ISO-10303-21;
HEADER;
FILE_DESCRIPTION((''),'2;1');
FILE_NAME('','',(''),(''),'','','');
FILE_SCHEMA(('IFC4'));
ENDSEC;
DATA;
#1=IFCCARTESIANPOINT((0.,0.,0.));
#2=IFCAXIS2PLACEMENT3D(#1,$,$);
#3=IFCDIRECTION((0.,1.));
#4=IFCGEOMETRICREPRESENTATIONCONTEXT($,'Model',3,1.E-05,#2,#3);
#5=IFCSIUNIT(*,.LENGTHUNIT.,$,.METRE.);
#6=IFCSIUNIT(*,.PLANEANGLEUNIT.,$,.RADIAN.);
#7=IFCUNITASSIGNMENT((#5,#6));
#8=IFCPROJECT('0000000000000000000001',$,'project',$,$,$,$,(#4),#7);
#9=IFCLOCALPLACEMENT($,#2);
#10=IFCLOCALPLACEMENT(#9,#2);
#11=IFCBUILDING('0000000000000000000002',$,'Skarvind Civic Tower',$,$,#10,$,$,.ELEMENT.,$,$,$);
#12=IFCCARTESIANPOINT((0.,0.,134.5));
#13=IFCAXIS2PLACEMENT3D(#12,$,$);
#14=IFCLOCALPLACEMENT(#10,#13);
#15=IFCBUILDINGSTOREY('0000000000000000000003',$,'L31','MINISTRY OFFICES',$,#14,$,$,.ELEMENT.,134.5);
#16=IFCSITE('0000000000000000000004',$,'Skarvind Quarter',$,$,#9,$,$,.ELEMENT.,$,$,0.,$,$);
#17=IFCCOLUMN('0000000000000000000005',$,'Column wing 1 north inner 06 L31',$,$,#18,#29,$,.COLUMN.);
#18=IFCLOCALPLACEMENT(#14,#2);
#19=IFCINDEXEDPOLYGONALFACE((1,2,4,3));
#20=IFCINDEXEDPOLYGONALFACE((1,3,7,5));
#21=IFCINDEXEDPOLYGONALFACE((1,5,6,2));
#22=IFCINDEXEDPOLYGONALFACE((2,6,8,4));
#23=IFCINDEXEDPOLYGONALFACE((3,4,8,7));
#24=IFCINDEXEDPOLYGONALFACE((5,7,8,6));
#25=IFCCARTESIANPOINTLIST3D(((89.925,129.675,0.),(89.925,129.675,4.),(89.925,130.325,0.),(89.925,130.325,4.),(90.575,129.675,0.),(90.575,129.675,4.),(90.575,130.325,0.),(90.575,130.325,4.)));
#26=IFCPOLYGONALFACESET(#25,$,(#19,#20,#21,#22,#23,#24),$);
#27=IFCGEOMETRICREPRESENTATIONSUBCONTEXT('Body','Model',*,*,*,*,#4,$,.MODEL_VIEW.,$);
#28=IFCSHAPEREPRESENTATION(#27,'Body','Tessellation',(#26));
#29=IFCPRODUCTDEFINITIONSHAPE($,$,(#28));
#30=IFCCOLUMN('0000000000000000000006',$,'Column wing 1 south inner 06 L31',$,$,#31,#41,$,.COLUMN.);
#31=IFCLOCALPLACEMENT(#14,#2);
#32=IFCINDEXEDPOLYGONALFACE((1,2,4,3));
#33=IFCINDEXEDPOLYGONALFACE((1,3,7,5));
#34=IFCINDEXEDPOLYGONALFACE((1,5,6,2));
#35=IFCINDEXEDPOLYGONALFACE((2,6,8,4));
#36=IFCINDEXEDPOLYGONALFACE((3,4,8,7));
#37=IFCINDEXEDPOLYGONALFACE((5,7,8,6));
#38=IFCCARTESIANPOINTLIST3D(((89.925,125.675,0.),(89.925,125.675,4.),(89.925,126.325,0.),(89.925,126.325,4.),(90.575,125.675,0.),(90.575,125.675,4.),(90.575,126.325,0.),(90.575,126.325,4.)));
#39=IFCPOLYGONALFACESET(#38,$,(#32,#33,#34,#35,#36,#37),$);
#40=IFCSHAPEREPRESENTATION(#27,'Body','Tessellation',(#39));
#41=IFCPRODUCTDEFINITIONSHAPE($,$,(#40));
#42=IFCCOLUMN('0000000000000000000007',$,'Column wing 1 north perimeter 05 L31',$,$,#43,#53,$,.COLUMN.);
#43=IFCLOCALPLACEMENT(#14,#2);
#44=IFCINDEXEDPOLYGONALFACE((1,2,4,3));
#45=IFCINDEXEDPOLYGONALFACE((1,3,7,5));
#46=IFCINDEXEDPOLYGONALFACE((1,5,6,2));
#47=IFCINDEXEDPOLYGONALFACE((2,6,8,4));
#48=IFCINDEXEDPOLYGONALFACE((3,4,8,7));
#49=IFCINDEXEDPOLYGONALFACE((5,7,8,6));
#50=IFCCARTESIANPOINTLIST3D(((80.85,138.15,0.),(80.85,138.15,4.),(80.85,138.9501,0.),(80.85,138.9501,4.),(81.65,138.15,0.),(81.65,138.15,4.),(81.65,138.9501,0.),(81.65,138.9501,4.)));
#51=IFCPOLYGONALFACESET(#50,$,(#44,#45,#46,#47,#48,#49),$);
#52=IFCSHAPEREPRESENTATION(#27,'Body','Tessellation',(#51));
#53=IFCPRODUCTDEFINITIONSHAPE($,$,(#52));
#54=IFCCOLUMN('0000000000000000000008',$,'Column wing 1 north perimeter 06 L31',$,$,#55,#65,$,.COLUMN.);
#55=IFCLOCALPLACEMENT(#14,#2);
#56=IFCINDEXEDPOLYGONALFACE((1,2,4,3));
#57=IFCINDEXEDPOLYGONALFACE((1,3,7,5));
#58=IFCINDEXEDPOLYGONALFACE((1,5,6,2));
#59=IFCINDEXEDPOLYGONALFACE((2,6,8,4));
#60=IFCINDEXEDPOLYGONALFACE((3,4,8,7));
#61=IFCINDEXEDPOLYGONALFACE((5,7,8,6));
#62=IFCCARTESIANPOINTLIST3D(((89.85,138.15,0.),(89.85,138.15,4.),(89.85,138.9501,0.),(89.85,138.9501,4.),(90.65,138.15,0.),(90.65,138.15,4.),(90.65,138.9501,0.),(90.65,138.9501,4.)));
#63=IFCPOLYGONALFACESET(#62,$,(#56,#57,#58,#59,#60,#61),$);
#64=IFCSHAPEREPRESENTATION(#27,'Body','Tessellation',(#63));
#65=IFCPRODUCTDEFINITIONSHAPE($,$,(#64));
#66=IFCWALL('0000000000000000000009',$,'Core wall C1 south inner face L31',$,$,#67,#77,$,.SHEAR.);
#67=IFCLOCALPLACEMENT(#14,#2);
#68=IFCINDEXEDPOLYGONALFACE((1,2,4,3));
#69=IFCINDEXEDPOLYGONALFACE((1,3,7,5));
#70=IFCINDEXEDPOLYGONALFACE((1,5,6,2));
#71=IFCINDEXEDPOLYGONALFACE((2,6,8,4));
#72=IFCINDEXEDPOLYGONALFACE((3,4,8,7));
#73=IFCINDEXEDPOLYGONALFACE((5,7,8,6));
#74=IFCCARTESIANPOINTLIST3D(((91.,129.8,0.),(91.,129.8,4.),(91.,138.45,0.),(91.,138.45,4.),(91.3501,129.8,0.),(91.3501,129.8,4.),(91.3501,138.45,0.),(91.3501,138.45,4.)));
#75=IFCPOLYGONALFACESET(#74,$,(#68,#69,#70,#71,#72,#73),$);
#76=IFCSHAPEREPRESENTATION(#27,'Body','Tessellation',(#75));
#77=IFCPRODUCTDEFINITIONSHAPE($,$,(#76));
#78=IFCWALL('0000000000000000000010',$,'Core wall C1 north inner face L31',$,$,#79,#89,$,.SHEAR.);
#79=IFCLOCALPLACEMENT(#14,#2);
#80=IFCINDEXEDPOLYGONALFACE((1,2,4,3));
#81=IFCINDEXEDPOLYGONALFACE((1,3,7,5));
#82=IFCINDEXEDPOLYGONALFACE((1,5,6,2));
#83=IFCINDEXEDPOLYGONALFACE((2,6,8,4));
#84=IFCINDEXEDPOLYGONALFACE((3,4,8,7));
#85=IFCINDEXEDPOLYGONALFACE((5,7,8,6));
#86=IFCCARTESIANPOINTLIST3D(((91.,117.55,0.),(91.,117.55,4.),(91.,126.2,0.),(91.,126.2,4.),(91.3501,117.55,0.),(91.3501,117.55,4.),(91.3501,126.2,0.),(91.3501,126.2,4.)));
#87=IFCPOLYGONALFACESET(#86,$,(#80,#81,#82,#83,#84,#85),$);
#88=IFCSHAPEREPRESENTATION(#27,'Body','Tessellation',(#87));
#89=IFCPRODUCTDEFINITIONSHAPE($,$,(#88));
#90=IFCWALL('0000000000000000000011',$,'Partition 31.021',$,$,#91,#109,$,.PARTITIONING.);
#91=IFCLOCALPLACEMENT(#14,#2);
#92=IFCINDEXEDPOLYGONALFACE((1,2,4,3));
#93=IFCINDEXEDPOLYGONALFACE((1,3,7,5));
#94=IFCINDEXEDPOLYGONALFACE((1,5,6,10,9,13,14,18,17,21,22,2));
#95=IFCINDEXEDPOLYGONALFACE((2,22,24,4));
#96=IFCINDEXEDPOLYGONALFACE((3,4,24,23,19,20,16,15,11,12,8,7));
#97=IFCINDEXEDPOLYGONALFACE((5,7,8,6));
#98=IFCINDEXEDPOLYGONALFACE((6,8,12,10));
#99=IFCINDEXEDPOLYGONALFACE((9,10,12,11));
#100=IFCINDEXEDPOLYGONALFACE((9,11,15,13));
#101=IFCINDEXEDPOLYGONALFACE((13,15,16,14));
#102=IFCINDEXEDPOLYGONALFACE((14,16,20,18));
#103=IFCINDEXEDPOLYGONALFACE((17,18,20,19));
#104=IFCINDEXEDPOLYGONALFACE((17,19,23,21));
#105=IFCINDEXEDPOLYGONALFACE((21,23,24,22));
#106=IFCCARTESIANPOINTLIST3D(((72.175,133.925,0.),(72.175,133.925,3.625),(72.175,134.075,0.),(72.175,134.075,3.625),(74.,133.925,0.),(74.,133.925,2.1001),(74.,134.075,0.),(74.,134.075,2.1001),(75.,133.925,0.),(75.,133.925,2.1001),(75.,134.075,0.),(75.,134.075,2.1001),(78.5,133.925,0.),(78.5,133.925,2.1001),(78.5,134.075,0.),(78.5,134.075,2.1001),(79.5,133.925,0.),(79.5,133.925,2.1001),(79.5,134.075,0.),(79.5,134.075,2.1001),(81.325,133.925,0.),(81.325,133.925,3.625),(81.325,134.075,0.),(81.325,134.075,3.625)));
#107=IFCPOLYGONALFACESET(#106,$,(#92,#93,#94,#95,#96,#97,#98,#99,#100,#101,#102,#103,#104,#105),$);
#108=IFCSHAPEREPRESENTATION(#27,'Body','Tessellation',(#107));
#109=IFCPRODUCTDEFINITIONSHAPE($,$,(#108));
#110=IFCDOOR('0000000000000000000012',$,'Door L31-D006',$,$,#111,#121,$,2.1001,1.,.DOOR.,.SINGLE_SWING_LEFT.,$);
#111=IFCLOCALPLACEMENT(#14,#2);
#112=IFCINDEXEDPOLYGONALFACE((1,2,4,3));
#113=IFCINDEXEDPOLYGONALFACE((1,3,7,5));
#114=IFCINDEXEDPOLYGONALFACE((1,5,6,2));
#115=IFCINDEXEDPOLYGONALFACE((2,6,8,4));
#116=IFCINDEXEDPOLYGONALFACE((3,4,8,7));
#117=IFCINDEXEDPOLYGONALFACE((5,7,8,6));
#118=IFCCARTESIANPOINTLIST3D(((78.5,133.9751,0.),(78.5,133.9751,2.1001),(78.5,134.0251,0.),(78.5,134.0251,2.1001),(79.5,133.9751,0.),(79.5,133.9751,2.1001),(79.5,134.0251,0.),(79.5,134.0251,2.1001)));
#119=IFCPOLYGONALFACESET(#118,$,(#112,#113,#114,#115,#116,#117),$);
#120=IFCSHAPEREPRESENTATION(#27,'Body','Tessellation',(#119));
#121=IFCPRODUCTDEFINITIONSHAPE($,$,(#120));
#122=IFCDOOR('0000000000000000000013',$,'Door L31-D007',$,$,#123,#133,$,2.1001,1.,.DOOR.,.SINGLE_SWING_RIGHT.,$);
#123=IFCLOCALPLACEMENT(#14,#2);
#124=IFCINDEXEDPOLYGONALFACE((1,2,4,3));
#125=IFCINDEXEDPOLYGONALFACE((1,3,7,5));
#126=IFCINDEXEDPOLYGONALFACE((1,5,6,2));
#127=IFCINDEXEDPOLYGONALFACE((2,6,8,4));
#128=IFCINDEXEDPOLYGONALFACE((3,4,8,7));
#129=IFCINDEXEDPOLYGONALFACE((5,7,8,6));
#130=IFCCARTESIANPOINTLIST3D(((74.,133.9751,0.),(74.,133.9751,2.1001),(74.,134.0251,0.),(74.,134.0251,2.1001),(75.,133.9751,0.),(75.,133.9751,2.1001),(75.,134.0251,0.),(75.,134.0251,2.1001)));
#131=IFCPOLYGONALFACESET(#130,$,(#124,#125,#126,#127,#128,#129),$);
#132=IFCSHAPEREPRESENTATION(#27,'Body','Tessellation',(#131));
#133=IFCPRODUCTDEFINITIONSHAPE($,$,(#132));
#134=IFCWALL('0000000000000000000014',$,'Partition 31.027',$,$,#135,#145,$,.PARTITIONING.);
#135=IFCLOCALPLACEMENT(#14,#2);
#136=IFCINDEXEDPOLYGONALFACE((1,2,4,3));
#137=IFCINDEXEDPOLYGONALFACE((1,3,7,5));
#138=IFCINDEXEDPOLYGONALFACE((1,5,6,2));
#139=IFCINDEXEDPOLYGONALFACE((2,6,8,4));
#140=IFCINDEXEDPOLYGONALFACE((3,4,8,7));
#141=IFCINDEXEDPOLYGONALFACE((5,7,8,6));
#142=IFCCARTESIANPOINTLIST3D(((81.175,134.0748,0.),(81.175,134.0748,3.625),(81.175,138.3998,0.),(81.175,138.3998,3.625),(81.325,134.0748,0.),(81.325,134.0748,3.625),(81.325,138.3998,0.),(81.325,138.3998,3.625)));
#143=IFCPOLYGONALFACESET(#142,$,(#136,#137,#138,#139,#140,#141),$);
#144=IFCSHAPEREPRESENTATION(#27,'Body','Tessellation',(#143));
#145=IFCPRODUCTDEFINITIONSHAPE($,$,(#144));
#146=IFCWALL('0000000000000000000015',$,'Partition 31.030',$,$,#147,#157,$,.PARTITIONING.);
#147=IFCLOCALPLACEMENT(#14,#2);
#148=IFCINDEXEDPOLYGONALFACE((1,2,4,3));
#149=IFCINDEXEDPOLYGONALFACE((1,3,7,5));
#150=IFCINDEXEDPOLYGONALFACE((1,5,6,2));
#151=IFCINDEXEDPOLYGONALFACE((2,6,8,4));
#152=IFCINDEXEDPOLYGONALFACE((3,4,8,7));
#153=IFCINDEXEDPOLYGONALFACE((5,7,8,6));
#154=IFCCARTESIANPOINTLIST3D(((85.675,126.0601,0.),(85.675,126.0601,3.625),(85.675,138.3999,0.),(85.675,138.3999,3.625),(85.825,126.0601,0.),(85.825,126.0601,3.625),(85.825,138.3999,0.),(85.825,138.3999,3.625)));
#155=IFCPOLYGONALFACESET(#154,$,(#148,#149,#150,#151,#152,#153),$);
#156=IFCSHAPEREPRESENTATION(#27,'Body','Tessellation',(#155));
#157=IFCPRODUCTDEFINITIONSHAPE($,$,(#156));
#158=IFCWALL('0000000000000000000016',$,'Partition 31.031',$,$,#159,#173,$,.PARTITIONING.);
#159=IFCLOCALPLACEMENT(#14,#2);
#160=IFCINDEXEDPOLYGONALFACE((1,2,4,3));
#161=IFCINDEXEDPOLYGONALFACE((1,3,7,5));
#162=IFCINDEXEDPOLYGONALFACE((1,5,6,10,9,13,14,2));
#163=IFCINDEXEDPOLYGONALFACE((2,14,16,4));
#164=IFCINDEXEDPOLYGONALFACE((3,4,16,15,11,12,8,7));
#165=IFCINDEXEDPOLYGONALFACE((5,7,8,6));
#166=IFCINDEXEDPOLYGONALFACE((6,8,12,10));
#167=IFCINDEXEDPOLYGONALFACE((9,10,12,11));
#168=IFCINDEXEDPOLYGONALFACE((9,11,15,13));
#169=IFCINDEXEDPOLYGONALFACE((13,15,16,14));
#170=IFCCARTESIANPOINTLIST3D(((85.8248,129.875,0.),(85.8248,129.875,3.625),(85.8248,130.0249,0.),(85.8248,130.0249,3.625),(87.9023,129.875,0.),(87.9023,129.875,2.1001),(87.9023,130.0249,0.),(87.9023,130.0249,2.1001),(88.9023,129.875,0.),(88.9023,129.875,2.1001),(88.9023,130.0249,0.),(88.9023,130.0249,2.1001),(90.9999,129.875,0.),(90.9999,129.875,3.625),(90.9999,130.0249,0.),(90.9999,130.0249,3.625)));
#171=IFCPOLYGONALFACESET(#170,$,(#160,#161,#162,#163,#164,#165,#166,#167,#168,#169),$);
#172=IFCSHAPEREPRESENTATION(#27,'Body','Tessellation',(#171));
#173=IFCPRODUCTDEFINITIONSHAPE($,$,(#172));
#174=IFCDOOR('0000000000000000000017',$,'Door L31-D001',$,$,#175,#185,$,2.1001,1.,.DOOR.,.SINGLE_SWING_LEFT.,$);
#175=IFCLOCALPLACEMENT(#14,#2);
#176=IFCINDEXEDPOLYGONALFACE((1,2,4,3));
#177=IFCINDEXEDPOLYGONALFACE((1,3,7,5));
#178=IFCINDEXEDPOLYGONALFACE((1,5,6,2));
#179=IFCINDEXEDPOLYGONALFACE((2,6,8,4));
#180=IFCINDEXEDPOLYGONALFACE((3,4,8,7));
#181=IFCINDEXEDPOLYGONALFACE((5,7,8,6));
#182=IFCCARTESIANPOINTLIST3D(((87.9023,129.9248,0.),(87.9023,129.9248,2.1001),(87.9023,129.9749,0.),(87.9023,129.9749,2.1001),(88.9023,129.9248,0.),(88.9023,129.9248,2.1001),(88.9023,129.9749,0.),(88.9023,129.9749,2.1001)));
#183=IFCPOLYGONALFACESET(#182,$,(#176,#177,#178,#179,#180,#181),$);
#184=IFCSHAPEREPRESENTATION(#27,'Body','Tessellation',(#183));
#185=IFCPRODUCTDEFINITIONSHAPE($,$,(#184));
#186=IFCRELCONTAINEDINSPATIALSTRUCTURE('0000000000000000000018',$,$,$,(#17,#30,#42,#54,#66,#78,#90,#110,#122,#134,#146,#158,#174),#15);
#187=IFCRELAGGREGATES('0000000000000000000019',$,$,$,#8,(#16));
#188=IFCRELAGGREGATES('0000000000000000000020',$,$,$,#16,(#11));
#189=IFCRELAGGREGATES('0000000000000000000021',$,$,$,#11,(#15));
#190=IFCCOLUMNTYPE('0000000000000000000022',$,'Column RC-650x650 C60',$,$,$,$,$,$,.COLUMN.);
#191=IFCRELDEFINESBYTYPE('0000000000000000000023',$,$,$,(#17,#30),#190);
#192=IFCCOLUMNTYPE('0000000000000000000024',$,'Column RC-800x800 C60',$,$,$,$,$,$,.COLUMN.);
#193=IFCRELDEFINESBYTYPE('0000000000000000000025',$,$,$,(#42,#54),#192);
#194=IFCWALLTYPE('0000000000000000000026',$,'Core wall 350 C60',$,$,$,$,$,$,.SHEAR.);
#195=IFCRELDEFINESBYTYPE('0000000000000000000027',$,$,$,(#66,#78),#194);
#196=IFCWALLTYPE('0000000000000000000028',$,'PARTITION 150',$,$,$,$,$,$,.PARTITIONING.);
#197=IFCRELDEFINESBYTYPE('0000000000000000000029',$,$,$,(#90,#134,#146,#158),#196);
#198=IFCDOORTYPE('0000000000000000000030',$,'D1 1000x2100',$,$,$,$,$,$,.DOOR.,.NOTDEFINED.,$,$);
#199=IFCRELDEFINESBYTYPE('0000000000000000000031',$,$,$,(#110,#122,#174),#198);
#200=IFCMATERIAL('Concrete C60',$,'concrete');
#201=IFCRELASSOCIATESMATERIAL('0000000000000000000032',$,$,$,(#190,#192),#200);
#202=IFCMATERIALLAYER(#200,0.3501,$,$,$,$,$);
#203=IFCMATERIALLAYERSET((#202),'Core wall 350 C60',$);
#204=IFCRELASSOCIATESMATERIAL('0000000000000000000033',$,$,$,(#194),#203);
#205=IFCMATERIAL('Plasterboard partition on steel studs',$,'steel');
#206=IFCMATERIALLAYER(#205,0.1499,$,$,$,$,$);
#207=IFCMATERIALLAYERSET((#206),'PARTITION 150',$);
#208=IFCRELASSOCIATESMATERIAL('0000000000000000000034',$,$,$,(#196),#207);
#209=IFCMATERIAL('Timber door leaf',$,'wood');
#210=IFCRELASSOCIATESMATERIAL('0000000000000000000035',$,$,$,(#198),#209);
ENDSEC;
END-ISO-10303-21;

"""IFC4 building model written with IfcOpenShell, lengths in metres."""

from ifc_helpers import new_model, si_unit, direction, frame, frame_2d, origin, origin_2d, place, context, subcontext, project, spatial, rectangle, extrude, material, layer, layer_set, material_profile, profile_set, type_object, element, fill, save


model = new_model("IFC4")

# Units and contexts
model_context = context("Model", 3, precision=1e-05, world=origin(), true_north=direction((0.0, 1.0)))
body_context = subcontext(model_context, "Body", "Model", "MODEL_VIEW")
ifc_project = project(units=[si_unit("LENGTHUNIT", "METRE"), si_unit("PLANEANGLEUNIT", "RADIAN")], contexts=[model_context])

# Site, building, storey
site_placement = place(None, origin())
site = spatial("IfcSite", under=ifc_project, at=site_placement, Name="Skarvind Quarter", CompositionType="ELEMENT", RefElevation=0.0)
building_placement = place(site_placement, origin())
building = spatial("IfcBuilding", under=site, at=building_placement, Name="Skarvind Civic Tower", CompositionType="ELEMENT")
storey_placement = place(building_placement, frame((0.0, 0.0, 134.5)))
storey = spatial("IfcBuildingStorey", under=building, at=storey_placement, Name="L31", Description="MINISTRY OFFICES", CompositionType="ELEMENT", Elevation=134.5)

# Columns
ifc_material_1 = material(Name="Concrete C60", Category="concrete")
ifc_material_profile_1 = material_profile(ifc_material_1, rectangle(XDim=0.6499, YDim=0.6499, at=origin_2d()), Name="RC-650x650")
ifc_profile_set_1 = profile_set([ifc_material_profile_1], Name="Concrete C60")
column_type_1 = type_object("IfcColumnType", Name="Column RC-650x650 C60", PredefinedType="COLUMN", material=ifc_profile_set_1)
for number, where, z_axis, x_axis, name in (
    (1, (90.25, 130.0, 0.0), (0.0, 0.0, 1.0), (1.0, 0.0, 0.0), "Column wing 1 north inner 06 L31"),
    (2, (90.25, 126.0, 0.0), (0.0, 0.0, 1.0), (1.0, 0.0, 0.0), "Column wing 1 south inner 06 L31"),
):
    element("IfcColumn", number, at=place(storey_placement, frame(where, z_axis=z_axis, x_axis=x_axis)), inside=storey, type_object=column_type_1, Name=name, PredefinedType="COLUMN", context=body_context, shape_type="SweptSolid", body=[
        extrude(rectangle(XDim=0.6499, YDim=0.6499, at=origin_2d()), origin(), (0.0, 0.0, 1.0), 4.0),
    ])
ifc_material_profile_2 = material_profile(ifc_material_1, rectangle(XDim=0.8, YDim=0.8, at=origin_2d()), Name="RC-800x800")
ifc_profile_set_2 = profile_set([ifc_material_profile_2], Name="Concrete C60")
column_type_2 = type_object("IfcColumnType", Name="Column RC-800x800 C60", PredefinedType="COLUMN", material=ifc_profile_set_2)
for number, where, z_axis, x_axis, name in (
    (3, (81.25, 138.55, 0.0), (0.0, 0.0, 1.0), (1.0, 0.0, 0.0), "Column wing 1 north perimeter 05 L31"),
    (4, (90.25, 138.55, 0.0), (0.0, 0.0, 1.0), (1.0, 0.0, 0.0), "Column wing 1 north perimeter 06 L31"),
):
    element("IfcColumn", number, at=place(storey_placement, frame(where, z_axis=z_axis, x_axis=x_axis)), inside=storey, type_object=column_type_2, Name=name, PredefinedType="COLUMN", context=body_context, shape_type="SweptSolid", body=[
        extrude(rectangle(XDim=0.8, YDim=0.8, at=origin_2d()), origin(), (0.0, 0.0, 1.0), 4.0),
    ])

# Walls
ifc_layer_1 = layer(ifc_material_1, 0.3501)
ifc_layer_set_1 = layer_set([ifc_layer_1], Name="Core wall 350 C60")
wall_type_1 = type_object("IfcWallType", Name="Core wall 350 C60", PredefinedType="SHEAR", material=ifc_layer_set_1)
for number, where, z_axis, x_axis, name in (
    (5, (91.175, 138.45, 0.0), (0.0, 0.0, 1.0), (0.0, -1.0, 0.0), "Core wall C1 south inner face L31"),
    (6, (91.175, 126.2, 0.0), (0.0, 0.0, 1.0), (0.0, -1.0, 0.0), "Core wall C1 north inner face L31"),
):
    element("IfcWall", number, at=place(storey_placement, frame(where, z_axis=z_axis, x_axis=x_axis)), inside=storey, type_object=wall_type_1, Name=name, PredefinedType="SHEAR", context=body_context, shape_type="SweptSolid", body=[
        extrude(rectangle(XDim=8.6499, YDim=0.3501, at=frame_2d((4.325, 0.0))), origin(), (0.0, 0.0, 1.0), 4.0),
    ])

# Wall, openings, doors
ifc_material_2 = material(Name="Plasterboard partition on steel studs", Category="steel")
ifc_layer_2 = layer(ifc_material_2, 0.1499)
ifc_layer_set_2 = layer_set([ifc_layer_2], Name="PARTITION 150")
wall_type_2 = type_object("IfcWallType", Name="PARTITION 150", PredefinedType="PARTITIONING", material=ifc_layer_set_2)
wall_1_placement = place(storey_placement, frame((81.325, 134.0, 0.0), z_axis=(0.0, 0.0, 1.0), x_axis=(-1.0, 0.0, 0.0)))
wall_1 = element("IfcWall", 7, at=wall_1_placement, inside=storey, type_object=wall_type_2, Name="Partition 31.021", PredefinedType="PARTITIONING", context=body_context, shape_type="SweptSolid", body=[
    extrude(rectangle(XDim=9.1499, YDim=0.1499, at=frame_2d((4.575, 0.0))), origin(), (0.0, 0.0, 1.0), 3.625),
])
opening_1_placement = place(wall_1_placement, frame((1.825, 0.0, 0.0)))
opening_1 = element("IfcOpeningElement", 8, at=opening_1_placement, cuts=wall_1, PredefinedType="OPENING", context=body_context, shape_type="SweptSolid", body=[
    extrude(rectangle(XDim=1.0, YDim=2.1001, at=frame_2d((0.5, 1.05))), frame((0.0, 0.085, 0.0), z_axis=(0.0, -1.0, 0.0), x_axis=(1.0, 0.0, 0.0)), (0.0, 0.0, 1.0), 0.1699),
])
opening_2_placement = place(wall_1_placement, frame((6.325, 0.0, 0.0)))
opening_2 = element("IfcOpeningElement", 9, at=opening_2_placement, cuts=wall_1, PredefinedType="OPENING", context=body_context, shape_type="SweptSolid", body=[
    extrude(rectangle(XDim=1.0, YDim=2.1001, at=frame_2d((0.5, 1.05))), frame((0.0, 0.085, 0.0), z_axis=(0.0, -1.0, 0.0), x_axis=(1.0, 0.0, 0.0)), (0.0, 0.0, 1.0), 0.1699),
])
ifc_material_3 = material(Name="Timber door leaf", Category="wood")
door_type = type_object("IfcDoorType", Name="D1 1000x2100", OperationType="NOTDEFINED", PredefinedType="DOOR", material=ifc_material_3)
door_1_placement = place(opening_1_placement, origin())
door_1 = element("IfcDoor", 10, at=door_1_placement, inside=storey, type_object=door_type, Name="Door L31-D006", OperationType="SINGLE_SWING_LEFT", OverallHeight=2.1001, OverallWidth=1.0, PredefinedType="DOOR", context=body_context, shape_type="SweptSolid", body=[
    extrude(rectangle(XDim=1.0, YDim=2.1001, at=frame_2d((0.5, 1.05))), frame((0.0, 0.0249, 0.0), z_axis=(0.0, -1.0, 0.0), x_axis=(1.0, 0.0, 0.0)), (0.0, 0.0, 1.0), 0.05),
])
fill(opening_1, door_1)
door_2_placement = place(opening_2_placement, origin())
door_2 = element("IfcDoor", 11, at=door_2_placement, inside=storey, type_object=door_type, Name="Door L31-D007", OperationType="SINGLE_SWING_RIGHT", OverallHeight=2.1001, OverallWidth=1.0, PredefinedType="DOOR", context=body_context, shape_type="SweptSolid", body=[
    extrude(rectangle(XDim=1.0, YDim=2.1001, at=frame_2d((0.5, 1.05))), frame((0.0, 0.0249, 0.0), z_axis=(0.0, -1.0, 0.0), x_axis=(1.0, 0.0, 0.0)), (0.0, 0.0, 1.0), 0.05),
])
fill(opening_2, door_2)

# Walls
wall_2_placement = place(storey_placement, frame((81.25, 138.3999, 0.0), z_axis=(0.0, 0.0, 1.0), x_axis=(0.0, -1.0, 0.0)))
element("IfcWall", 12, at=wall_2_placement, inside=storey, type_object=wall_type_2, Name="Partition 31.027", PredefinedType="PARTITIONING", context=body_context, shape_type="SweptSolid", body=[
    extrude(rectangle(XDim=4.325, YDim=0.1499, at=frame_2d((2.1626, 0.0))), origin(), (0.0, 0.0, 1.0), 3.625),
])
wall_3_placement = place(storey_placement, frame((85.75, 126.0601, 0.0), z_axis=(0.0, 0.0, 1.0), x_axis=(0.0, 1.0, 0.0)))
element("IfcWall", 13, at=wall_3_placement, inside=storey, type_object=wall_type_2, Name="Partition 31.030", PredefinedType="PARTITIONING", context=body_context, shape_type="SweptSolid", body=[
    extrude(rectangle(XDim=12.3398, YDim=0.1499, at=frame_2d((6.1699, 0.0))), origin(), (0.0, 0.0, 1.0), 3.625),
])

# Wall, opening, door
wall_4_placement = place(storey_placement, frame((85.825, 129.95, 0.0), z_axis=(0.0, 0.0, 1.0), x_axis=(1.0, 0.0, 0.0)))
wall_4 = element("IfcWall", 14, at=wall_4_placement, inside=storey, type_object=wall_type_2, Name="Partition 31.031", PredefinedType="PARTITIONING", context=body_context, shape_type="SweptSolid", body=[
    extrude(rectangle(XDim=5.175, YDim=0.1499, at=frame_2d((2.5874, 0.0))), origin(), (0.0, 0.0, 1.0), 3.625),
])
opening_3_placement = place(wall_4_placement, frame((2.0774, 0.0, 0.0)))
opening_3 = element("IfcOpeningElement", 15, at=opening_3_placement, cuts=wall_4, PredefinedType="OPENING", context=body_context, shape_type="SweptSolid", body=[
    extrude(rectangle(XDim=1.0, YDim=2.1001, at=frame_2d((0.5, 1.05))), frame((0.0, 0.085, 0.0), z_axis=(0.0, -1.0, 0.0), x_axis=(1.0, 0.0, 0.0)), (0.0, 0.0, 1.0), 0.1699),
])
door_3_placement = place(opening_3_placement, origin())
door_3 = element("IfcDoor", 16, at=door_3_placement, inside=storey, type_object=door_type, Name="Door L31-D001", OperationType="SINGLE_SWING_LEFT", OverallHeight=2.1001, OverallWidth=1.0, PredefinedType="DOOR", context=body_context, shape_type="SweptSolid", body=[
    extrude(rectangle(XDim=1.0, YDim=2.1001, at=frame_2d((0.5, 1.05))), frame((0.0, 0.0249, 0.0), z_axis=(0.0, -1.0, 0.0), x_axis=(1.0, 0.0, 0.0)), (0.0, 0.0, 1.0), 0.05),
])
fill(opening_3, door_3)

save(model, "model.ifc")
